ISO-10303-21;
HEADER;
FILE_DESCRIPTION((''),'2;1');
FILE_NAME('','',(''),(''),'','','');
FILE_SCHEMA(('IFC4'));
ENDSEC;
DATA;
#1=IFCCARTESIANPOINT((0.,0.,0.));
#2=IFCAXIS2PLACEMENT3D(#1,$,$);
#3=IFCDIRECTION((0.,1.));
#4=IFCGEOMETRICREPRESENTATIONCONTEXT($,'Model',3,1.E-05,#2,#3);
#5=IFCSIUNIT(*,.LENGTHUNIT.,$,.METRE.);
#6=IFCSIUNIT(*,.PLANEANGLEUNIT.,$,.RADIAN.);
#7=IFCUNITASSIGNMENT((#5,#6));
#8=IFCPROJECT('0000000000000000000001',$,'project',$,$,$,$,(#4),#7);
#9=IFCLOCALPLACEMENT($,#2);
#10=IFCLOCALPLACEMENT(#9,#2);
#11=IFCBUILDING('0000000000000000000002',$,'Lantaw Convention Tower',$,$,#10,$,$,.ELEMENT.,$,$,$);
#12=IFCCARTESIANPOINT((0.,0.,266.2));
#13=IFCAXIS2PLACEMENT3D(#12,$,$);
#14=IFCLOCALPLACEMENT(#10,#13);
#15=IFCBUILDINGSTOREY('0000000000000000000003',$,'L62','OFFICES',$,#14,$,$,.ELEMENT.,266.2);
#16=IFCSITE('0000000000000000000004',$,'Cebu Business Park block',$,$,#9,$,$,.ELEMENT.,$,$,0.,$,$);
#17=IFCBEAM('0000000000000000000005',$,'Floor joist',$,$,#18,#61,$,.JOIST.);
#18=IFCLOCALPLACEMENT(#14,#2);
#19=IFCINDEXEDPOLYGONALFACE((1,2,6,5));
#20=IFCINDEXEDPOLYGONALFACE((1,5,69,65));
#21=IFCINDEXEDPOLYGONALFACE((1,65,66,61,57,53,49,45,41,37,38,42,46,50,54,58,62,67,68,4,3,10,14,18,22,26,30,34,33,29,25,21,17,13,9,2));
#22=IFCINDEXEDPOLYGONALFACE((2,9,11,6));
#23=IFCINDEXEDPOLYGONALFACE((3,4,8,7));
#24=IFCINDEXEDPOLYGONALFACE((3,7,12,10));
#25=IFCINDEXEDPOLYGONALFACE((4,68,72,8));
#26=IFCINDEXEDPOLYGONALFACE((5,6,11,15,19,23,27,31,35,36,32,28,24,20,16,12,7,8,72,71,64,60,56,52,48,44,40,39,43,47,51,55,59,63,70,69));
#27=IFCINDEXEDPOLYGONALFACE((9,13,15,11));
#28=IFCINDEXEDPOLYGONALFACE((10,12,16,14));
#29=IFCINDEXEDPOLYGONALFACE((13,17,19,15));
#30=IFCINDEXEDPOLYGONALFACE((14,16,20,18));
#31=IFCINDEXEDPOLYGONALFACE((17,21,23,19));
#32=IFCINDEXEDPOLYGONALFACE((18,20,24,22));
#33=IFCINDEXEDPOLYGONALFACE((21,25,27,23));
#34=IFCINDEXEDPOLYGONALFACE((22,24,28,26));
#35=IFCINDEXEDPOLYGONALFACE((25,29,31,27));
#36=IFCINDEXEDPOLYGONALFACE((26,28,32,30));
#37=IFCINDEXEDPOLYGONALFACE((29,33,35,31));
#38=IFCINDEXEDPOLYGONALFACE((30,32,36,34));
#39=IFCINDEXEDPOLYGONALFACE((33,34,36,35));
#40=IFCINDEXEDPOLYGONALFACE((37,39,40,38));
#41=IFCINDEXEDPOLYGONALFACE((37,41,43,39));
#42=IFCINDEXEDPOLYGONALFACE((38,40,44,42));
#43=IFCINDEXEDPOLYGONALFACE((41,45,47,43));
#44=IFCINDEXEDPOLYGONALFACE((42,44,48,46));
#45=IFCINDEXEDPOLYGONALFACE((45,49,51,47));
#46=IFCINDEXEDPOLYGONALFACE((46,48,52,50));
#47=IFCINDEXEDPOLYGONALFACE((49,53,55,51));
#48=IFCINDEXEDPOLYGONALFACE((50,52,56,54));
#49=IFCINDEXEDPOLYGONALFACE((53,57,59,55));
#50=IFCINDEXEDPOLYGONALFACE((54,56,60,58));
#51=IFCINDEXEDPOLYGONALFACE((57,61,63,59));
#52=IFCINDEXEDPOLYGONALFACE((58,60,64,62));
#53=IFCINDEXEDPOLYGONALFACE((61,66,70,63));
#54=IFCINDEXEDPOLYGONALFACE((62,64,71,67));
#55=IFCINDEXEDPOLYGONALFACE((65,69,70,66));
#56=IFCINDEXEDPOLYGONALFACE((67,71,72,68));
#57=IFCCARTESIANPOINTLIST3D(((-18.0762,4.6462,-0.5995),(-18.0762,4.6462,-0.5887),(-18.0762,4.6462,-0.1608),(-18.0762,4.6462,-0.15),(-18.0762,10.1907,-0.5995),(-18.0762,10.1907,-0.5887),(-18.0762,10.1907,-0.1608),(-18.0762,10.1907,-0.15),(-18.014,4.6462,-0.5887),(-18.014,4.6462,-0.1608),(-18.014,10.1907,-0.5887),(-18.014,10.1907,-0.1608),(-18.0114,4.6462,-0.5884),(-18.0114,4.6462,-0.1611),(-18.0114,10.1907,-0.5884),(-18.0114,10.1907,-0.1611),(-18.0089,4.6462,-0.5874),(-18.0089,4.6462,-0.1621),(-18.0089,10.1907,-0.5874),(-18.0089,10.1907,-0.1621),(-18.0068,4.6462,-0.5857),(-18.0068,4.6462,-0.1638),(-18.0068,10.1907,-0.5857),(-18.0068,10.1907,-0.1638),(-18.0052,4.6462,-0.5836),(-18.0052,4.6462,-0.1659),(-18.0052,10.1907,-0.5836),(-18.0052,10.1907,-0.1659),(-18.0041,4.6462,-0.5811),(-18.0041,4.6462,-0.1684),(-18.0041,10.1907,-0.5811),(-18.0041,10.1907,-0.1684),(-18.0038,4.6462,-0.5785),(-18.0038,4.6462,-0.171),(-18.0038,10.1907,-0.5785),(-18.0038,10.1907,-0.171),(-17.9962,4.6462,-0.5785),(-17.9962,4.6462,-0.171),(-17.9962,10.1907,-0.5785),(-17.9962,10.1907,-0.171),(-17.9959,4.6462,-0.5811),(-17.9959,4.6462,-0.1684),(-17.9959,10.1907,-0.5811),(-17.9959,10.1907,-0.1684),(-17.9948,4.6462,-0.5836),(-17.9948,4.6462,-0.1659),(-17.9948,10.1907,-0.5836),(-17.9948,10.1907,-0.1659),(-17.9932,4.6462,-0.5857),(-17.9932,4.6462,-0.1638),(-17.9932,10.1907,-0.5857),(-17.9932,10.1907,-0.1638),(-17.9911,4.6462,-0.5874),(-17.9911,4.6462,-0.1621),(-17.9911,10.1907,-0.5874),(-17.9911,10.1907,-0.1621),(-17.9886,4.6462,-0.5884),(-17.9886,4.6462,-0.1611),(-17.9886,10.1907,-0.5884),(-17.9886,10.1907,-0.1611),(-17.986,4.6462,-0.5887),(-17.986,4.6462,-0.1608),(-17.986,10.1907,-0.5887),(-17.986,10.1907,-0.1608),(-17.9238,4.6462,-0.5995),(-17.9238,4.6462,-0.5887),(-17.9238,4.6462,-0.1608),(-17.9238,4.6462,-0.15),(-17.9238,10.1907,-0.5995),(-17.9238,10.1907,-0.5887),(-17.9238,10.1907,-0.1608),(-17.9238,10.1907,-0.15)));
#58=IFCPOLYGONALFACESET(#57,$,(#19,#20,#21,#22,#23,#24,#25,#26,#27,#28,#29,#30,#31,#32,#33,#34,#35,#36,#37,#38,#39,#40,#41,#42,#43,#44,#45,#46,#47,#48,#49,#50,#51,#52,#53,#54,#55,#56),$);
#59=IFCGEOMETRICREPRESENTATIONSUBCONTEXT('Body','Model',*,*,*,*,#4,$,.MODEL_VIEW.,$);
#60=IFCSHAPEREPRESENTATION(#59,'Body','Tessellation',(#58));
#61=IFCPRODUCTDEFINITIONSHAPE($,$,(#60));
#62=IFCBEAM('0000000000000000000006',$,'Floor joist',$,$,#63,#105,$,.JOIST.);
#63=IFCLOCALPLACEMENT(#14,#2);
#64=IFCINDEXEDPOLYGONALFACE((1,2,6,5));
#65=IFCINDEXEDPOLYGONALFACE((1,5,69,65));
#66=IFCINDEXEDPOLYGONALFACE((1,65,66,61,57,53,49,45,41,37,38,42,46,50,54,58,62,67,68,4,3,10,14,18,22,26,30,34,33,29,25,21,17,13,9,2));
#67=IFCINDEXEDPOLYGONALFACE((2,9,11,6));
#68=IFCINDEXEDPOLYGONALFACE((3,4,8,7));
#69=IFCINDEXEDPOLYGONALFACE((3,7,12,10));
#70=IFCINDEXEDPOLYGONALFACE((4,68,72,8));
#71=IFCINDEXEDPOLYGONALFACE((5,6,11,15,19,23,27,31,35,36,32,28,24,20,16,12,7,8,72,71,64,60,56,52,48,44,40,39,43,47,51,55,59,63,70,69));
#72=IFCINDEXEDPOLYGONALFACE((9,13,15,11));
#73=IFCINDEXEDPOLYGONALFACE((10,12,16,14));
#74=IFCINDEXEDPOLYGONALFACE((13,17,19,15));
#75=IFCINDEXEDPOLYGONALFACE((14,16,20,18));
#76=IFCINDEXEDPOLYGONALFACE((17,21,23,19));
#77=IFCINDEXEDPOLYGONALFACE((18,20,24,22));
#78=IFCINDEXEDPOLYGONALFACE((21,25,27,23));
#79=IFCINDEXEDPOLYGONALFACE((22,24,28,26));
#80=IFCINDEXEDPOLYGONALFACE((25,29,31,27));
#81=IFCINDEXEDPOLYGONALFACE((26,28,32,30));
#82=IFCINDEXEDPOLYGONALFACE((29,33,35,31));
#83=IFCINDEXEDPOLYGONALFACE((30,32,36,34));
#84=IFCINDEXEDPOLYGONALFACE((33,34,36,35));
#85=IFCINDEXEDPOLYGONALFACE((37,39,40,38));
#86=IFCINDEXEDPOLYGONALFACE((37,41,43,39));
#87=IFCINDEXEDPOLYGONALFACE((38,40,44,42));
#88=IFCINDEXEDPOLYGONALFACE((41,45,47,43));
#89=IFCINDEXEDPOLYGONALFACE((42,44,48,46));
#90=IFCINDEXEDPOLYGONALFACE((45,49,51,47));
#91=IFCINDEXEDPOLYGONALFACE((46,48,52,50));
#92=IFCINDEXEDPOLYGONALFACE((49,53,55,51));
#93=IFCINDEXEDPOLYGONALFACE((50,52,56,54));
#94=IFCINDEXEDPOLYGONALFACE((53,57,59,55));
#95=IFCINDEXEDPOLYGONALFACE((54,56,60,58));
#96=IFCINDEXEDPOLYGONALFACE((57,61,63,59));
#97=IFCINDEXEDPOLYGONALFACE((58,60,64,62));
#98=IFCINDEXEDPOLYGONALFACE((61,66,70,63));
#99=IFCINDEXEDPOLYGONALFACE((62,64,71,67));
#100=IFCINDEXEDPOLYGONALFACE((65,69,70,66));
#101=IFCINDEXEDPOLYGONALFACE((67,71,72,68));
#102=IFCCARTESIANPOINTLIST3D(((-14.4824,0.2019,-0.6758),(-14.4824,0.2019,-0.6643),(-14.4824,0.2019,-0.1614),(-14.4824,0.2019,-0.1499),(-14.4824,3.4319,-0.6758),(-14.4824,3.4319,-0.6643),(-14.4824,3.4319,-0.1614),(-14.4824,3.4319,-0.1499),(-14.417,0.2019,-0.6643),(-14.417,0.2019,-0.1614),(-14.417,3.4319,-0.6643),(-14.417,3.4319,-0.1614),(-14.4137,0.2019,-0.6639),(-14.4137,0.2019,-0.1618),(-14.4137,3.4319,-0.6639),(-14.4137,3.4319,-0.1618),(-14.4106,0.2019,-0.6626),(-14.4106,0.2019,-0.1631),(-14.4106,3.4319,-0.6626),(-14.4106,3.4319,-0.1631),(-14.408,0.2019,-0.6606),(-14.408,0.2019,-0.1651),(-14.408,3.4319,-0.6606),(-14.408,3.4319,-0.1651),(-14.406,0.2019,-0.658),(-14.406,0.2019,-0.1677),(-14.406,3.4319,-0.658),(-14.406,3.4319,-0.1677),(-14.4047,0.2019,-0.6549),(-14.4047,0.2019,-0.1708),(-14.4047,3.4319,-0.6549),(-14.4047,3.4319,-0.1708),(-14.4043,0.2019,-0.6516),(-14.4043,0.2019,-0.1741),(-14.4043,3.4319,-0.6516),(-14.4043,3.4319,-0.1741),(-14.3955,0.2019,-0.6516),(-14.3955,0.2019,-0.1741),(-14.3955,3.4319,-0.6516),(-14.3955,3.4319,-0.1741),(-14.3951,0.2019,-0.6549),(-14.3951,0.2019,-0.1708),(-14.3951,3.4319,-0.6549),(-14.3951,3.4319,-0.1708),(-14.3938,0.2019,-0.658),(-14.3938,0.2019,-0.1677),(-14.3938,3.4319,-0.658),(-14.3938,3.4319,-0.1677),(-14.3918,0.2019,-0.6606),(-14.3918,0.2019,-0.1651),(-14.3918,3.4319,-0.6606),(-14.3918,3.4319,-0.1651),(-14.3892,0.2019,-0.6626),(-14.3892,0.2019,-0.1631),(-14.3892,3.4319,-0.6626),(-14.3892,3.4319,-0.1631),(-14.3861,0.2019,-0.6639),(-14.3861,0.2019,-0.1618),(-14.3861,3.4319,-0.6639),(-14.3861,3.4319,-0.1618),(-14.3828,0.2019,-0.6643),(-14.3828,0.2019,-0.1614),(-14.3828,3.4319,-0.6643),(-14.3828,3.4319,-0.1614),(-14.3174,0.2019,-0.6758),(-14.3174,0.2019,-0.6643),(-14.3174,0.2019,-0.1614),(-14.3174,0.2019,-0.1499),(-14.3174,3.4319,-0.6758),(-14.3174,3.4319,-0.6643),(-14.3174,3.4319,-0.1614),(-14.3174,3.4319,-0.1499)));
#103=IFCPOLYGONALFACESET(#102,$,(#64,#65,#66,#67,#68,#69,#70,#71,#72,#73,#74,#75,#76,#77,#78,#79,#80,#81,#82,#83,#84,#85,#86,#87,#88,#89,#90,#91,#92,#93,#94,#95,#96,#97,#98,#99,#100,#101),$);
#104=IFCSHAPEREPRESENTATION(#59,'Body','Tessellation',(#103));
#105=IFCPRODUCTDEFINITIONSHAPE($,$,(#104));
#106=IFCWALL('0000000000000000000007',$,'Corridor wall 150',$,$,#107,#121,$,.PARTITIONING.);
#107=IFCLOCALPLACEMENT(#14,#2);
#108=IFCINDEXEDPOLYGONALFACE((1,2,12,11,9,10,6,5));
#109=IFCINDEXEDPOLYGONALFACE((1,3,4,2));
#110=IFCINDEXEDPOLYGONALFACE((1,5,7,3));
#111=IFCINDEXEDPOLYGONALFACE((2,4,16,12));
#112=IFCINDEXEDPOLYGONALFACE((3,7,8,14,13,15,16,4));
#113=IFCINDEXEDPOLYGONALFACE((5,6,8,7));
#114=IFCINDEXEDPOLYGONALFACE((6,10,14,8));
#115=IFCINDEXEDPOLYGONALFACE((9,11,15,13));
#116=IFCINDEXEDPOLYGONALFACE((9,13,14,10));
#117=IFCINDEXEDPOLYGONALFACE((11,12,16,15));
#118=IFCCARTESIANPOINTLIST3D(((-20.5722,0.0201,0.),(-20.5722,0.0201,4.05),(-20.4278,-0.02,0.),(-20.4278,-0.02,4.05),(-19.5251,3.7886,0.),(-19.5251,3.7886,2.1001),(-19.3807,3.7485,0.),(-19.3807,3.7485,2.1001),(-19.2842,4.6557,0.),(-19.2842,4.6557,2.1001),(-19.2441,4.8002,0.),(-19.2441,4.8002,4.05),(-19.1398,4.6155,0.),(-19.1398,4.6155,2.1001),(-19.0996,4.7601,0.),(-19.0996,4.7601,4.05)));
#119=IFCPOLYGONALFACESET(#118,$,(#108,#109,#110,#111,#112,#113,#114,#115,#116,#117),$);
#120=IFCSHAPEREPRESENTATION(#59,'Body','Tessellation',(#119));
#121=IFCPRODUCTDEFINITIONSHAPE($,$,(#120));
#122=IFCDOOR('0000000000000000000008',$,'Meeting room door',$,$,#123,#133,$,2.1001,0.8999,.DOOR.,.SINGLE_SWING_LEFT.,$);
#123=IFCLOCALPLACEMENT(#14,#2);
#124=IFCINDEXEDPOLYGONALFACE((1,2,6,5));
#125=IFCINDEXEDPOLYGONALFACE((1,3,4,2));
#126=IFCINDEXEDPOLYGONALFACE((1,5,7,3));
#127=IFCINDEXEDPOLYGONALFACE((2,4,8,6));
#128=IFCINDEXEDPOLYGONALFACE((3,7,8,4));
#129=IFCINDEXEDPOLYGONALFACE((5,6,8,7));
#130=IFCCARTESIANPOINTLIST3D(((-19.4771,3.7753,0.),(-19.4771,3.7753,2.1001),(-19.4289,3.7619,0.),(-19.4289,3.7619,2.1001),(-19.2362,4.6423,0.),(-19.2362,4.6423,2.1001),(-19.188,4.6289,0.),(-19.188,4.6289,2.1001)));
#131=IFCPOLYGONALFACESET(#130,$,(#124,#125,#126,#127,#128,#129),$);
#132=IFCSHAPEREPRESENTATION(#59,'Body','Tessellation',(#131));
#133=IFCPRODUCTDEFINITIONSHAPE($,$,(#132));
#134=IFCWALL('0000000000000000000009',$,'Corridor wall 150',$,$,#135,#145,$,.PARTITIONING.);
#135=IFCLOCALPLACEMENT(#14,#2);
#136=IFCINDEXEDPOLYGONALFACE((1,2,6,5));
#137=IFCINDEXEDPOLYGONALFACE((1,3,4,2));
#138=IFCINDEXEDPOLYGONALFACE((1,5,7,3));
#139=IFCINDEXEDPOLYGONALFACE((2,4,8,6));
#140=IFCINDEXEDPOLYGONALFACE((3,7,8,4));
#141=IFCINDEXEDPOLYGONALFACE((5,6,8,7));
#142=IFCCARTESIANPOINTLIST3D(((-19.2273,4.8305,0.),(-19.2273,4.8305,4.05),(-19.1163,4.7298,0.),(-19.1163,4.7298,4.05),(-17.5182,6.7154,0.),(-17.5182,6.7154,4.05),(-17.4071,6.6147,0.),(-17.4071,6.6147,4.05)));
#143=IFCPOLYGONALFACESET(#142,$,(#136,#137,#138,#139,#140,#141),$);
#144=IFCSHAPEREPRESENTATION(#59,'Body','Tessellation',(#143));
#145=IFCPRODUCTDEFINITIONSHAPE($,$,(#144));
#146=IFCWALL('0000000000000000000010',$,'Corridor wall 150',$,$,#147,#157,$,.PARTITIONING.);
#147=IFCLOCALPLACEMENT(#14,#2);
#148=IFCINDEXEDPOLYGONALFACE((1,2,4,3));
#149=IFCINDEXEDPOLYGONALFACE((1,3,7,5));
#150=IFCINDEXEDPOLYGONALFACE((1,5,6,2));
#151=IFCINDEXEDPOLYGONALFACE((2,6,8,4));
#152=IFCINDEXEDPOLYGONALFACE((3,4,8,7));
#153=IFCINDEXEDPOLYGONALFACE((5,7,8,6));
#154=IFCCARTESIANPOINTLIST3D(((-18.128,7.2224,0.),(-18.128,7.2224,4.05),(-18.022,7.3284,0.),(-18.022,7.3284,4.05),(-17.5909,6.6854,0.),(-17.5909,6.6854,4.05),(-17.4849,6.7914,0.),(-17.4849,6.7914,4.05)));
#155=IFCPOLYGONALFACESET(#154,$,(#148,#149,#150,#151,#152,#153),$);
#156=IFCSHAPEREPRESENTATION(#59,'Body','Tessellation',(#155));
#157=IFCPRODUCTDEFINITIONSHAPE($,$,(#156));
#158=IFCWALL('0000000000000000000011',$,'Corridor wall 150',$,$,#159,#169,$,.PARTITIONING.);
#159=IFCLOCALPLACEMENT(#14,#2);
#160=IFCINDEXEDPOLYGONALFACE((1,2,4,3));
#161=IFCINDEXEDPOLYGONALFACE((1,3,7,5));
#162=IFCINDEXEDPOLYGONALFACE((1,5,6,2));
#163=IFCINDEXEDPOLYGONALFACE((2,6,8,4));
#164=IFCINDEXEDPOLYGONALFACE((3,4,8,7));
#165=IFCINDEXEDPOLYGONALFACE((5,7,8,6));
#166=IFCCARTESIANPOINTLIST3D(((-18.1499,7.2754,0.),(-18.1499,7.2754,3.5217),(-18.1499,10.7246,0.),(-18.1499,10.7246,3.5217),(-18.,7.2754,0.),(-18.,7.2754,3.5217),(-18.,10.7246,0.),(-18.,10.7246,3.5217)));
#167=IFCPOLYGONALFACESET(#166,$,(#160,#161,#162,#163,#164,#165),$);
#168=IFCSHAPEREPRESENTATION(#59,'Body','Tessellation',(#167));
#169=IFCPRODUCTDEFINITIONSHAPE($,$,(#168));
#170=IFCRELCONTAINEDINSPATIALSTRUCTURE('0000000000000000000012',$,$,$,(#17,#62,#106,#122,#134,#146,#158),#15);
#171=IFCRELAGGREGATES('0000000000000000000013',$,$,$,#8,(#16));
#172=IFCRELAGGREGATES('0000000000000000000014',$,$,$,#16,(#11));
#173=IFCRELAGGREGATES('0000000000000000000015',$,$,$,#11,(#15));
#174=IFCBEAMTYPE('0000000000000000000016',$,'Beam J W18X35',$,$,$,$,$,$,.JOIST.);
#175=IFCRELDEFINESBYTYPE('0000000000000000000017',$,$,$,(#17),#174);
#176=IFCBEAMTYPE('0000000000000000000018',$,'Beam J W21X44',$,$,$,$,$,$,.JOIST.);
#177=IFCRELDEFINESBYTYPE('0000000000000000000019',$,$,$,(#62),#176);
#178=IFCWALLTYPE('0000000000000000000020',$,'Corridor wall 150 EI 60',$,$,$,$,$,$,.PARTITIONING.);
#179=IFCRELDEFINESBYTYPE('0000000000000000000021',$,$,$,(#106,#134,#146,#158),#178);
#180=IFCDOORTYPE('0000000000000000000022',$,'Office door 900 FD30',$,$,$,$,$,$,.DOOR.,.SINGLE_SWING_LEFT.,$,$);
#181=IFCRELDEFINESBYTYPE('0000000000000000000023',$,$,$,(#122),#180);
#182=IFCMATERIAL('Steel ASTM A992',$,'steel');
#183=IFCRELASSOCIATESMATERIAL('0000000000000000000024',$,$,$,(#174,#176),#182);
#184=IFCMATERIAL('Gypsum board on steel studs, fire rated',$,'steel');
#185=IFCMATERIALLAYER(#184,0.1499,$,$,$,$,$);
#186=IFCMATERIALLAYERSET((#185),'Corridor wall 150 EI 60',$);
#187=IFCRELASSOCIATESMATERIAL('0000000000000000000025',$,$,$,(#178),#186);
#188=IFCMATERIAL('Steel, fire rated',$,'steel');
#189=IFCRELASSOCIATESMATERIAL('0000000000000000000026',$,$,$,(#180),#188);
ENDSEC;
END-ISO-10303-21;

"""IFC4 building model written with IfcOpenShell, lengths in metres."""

from ifc_helpers import new_model, si_unit, direction, frame, frame_2d, origin, origin_2d, place, context, subcontext, project, spatial, rectangle, i_section, extrude, material, layer, layer_set, material_profile, profile_set, type_object, element, fill, save


model = new_model("IFC4")

# Units and contexts
model_context = context("Model", 3, precision=1e-05, world=origin(), true_north=direction((0.0, 1.0)))
body_context = subcontext(model_context, "Body", "Model", "MODEL_VIEW")
ifc_project = project(units=[si_unit("LENGTHUNIT", "METRE"), si_unit("PLANEANGLEUNIT", "RADIAN")], contexts=[model_context])

# Site, building, storey
site_placement = place(None, origin())
site = spatial("IfcSite", under=ifc_project, at=site_placement, Name="Cebu Business Park block", CompositionType="ELEMENT", RefElevation=0.0)
building_placement = place(site_placement, origin())
building = spatial("IfcBuilding", under=site, at=building_placement, Name="Lantaw Convention Tower", CompositionType="ELEMENT")
storey_placement = place(building_placement, frame((0.0, 0.0, 266.2)))
storey = spatial("IfcBuildingStorey", under=building, at=storey_placement, Name="L62", Description="OFFICES", CompositionType="ELEMENT", Elevation=266.2)

# Beams
ifc_material_1 = material(Name="Steel ASTM A992", Category="steel")
ifc_material_profile_1 = material_profile(ifc_material_1, i_section(OverallWidth=0.1523, OverallDepth=0.4495, WebThickness=0.0076, FlangeThickness=0.0107, FilletRadius=0.0103, at=origin_2d()), Name="W18X35")
ifc_profile_set_1 = profile_set([ifc_material_profile_1], Name="Steel ASTM A992")
beam_type_1 = type_object("IfcBeamType", Name="Beam J W18X35", PredefinedType="JOIST", material=ifc_profile_set_1)
beam_1_placement = place(storey_placement, frame((-18.0, 4.6462, -0.3748), z_axis=(0.0, 1.0, 0.0), x_axis=(-1.0, 0.0, 0.0)))
element("IfcBeam", 1, at=beam_1_placement, inside=storey, type_object=beam_type_1, Name="Floor joist", PredefinedType="JOIST", context=body_context, shape_type="SweptSolid", body=[
    extrude(i_section(OverallWidth=0.1523, OverallDepth=0.4495, WebThickness=0.0076, FlangeThickness=0.0107, FilletRadius=0.0103, at=origin_2d()), origin(), (0.0, 0.0, 1.0), 5.5444),
])
ifc_material_profile_2 = material_profile(ifc_material_1, i_section(OverallWidth=0.165, OverallDepth=0.5259, WebThickness=0.0088, FlangeThickness=0.0115, FilletRadius=0.0127, at=origin_2d()), Name="W21X44")
ifc_profile_set_2 = profile_set([ifc_material_profile_2], Name="Steel ASTM A992")
beam_type_2 = type_object("IfcBeamType", Name="Beam J W21X44", PredefinedType="JOIST", material=ifc_profile_set_2)
beam_2_placement = place(storey_placement, frame((-14.3999, 0.2019, -0.4128), z_axis=(0.0, 1.0, 0.0), x_axis=(-1.0, 0.0, 0.0)))
element("IfcBeam", 2, at=beam_2_placement, inside=storey, type_object=beam_type_2, Name="Floor joist", PredefinedType="JOIST", context=body_context, shape_type="SweptSolid", body=[
    extrude(i_section(OverallWidth=0.165, OverallDepth=0.5259, WebThickness=0.0088, FlangeThickness=0.0115, FilletRadius=0.0127, at=origin_2d()), origin(), (0.0, 0.0, 1.0), 3.23),
])

# Wall, opening, door
ifc_material_2 = material(Name="Gypsum board on steel studs, fire rated", Category="steel")
ifc_layer_1 = layer(ifc_material_2, 0.1499)
ifc_layer_set_1 = layer_set([ifc_layer_1], Name="Corridor wall 150 EI 60")
wall_type_1 = type_object("IfcWallType", Name="Corridor wall 150 EI 60", PredefinedType="PARTITIONING", material=ifc_layer_set_1)
wall_1_placement = place(storey_placement, frame((-19.1719, 4.78, 0.0), z_axis=(0.0, 0.0, 1.0), x_axis=(-0.267707, -0.9635, 0.0)))
wall_1 = element("IfcWall", 3, at=wall_1_placement, inside=storey, type_object=wall_type_1, Name="Corridor wall 150", PredefinedType="PARTITIONING", context=body_context, shape_type="SweptSolid", body=[
    extrude(rectangle(XDim=4.9612, YDim=0.1499, at=frame_2d((2.4805, 0.0))), origin(), (0.0, 0.0, 1.0), 4.05),
])
opening_1_placement = place(wall_1_placement, frame((0.1499, 0.0, 0.0)))
opening_1 = element("IfcOpeningElement", 4, at=opening_1_placement, cuts=wall_1, PredefinedType="OPENING", context=body_context, shape_type="SweptSolid", body=[
    extrude(rectangle(XDim=0.8999, YDim=2.1001, at=frame_2d((0.45, 1.05))), frame((0.0, 0.085, 0.0), z_axis=(0.0, -1.0, 0.0), x_axis=(1.0, 0.0, 0.0)), (0.0, 0.0, 1.0), 0.1699),
])
ifc_material_3 = material(Name="Steel, fire rated", Category="steel")
door_type_1 = type_object("IfcDoorType", Name="Office door 900 FD30", OperationType="SINGLE_SWING_LEFT", PredefinedType="DOOR", material=ifc_material_3)
door_1_placement = place(opening_1_placement, origin())
door_1 = element("IfcDoor", 5, at=door_1_placement, inside=storey, type_object=door_type_1, Name="Meeting room door", OperationType="SINGLE_SWING_LEFT", OverallHeight=2.1001, OverallWidth=0.8999, PredefinedType="DOOR", context=body_context, shape_type="SweptSolid", body=[
    extrude(rectangle(XDim=0.8999, YDim=2.1001, at=frame_2d((0.45, 1.05))), frame((0.0, 0.0249, 0.0), z_axis=(0.0, -1.0, 0.0), x_axis=(1.0, 0.0, 0.0)), (0.0, 0.0, 1.0), 0.05),
])
fill(opening_1, door_1)

# Walls
wall_2_placement = place(storey_placement, frame((-17.4626, 6.665, 0.0), z_axis=(0.0, 0.0, 1.0), x_axis=(-0.671722, -0.740803, 0.0)))
element("IfcWall", 6, at=wall_2_placement, inside=storey, type_object=wall_type_1, Name="Corridor wall 150", PredefinedType="PARTITIONING", context=body_context, shape_type="SweptSolid", body=[
    extrude(rectangle(XDim=2.5444, YDim=0.1499, at=frame_2d((1.2722, 0.0))), origin(), (0.0, 0.0, 1.0), 4.05),
])
wall_3_placement = place(storey_placement, frame((-17.5378, 6.7383, 0.0), z_axis=(0.0, 0.0, 1.0), x_axis=(-0.707107, 0.707107, 0.0)))
element("IfcWall", 7, at=wall_3_placement, inside=storey, type_object=wall_type_1, Name="Corridor wall 150", PredefinedType="PARTITIONING", context=body_context, shape_type="SweptSolid", body=[
    extrude(rectangle(XDim=0.7595, YDim=0.1499, at=frame_2d((0.3799, 0.0))), origin(), (0.0, 0.0, 1.0), 4.05),
])
wall_4_placement = place(storey_placement, frame((-18.075, 7.2754, 0.0), z_axis=(0.0, 0.0, 1.0), x_axis=(0.0, 1.0, 0.0)))
element("IfcWall", 8, at=wall_4_placement, inside=storey, type_object=wall_type_1, Name="Corridor wall 150", PredefinedType="PARTITIONING", context=body_context, shape_type="SweptSolid", body=[
    extrude(rectangle(XDim=3.4492, YDim=0.1499, at=frame_2d((1.7246, 0.0))), origin(), (0.0, 0.0, 1.0), 3.5217),
])

save(model, "model.ifc")
